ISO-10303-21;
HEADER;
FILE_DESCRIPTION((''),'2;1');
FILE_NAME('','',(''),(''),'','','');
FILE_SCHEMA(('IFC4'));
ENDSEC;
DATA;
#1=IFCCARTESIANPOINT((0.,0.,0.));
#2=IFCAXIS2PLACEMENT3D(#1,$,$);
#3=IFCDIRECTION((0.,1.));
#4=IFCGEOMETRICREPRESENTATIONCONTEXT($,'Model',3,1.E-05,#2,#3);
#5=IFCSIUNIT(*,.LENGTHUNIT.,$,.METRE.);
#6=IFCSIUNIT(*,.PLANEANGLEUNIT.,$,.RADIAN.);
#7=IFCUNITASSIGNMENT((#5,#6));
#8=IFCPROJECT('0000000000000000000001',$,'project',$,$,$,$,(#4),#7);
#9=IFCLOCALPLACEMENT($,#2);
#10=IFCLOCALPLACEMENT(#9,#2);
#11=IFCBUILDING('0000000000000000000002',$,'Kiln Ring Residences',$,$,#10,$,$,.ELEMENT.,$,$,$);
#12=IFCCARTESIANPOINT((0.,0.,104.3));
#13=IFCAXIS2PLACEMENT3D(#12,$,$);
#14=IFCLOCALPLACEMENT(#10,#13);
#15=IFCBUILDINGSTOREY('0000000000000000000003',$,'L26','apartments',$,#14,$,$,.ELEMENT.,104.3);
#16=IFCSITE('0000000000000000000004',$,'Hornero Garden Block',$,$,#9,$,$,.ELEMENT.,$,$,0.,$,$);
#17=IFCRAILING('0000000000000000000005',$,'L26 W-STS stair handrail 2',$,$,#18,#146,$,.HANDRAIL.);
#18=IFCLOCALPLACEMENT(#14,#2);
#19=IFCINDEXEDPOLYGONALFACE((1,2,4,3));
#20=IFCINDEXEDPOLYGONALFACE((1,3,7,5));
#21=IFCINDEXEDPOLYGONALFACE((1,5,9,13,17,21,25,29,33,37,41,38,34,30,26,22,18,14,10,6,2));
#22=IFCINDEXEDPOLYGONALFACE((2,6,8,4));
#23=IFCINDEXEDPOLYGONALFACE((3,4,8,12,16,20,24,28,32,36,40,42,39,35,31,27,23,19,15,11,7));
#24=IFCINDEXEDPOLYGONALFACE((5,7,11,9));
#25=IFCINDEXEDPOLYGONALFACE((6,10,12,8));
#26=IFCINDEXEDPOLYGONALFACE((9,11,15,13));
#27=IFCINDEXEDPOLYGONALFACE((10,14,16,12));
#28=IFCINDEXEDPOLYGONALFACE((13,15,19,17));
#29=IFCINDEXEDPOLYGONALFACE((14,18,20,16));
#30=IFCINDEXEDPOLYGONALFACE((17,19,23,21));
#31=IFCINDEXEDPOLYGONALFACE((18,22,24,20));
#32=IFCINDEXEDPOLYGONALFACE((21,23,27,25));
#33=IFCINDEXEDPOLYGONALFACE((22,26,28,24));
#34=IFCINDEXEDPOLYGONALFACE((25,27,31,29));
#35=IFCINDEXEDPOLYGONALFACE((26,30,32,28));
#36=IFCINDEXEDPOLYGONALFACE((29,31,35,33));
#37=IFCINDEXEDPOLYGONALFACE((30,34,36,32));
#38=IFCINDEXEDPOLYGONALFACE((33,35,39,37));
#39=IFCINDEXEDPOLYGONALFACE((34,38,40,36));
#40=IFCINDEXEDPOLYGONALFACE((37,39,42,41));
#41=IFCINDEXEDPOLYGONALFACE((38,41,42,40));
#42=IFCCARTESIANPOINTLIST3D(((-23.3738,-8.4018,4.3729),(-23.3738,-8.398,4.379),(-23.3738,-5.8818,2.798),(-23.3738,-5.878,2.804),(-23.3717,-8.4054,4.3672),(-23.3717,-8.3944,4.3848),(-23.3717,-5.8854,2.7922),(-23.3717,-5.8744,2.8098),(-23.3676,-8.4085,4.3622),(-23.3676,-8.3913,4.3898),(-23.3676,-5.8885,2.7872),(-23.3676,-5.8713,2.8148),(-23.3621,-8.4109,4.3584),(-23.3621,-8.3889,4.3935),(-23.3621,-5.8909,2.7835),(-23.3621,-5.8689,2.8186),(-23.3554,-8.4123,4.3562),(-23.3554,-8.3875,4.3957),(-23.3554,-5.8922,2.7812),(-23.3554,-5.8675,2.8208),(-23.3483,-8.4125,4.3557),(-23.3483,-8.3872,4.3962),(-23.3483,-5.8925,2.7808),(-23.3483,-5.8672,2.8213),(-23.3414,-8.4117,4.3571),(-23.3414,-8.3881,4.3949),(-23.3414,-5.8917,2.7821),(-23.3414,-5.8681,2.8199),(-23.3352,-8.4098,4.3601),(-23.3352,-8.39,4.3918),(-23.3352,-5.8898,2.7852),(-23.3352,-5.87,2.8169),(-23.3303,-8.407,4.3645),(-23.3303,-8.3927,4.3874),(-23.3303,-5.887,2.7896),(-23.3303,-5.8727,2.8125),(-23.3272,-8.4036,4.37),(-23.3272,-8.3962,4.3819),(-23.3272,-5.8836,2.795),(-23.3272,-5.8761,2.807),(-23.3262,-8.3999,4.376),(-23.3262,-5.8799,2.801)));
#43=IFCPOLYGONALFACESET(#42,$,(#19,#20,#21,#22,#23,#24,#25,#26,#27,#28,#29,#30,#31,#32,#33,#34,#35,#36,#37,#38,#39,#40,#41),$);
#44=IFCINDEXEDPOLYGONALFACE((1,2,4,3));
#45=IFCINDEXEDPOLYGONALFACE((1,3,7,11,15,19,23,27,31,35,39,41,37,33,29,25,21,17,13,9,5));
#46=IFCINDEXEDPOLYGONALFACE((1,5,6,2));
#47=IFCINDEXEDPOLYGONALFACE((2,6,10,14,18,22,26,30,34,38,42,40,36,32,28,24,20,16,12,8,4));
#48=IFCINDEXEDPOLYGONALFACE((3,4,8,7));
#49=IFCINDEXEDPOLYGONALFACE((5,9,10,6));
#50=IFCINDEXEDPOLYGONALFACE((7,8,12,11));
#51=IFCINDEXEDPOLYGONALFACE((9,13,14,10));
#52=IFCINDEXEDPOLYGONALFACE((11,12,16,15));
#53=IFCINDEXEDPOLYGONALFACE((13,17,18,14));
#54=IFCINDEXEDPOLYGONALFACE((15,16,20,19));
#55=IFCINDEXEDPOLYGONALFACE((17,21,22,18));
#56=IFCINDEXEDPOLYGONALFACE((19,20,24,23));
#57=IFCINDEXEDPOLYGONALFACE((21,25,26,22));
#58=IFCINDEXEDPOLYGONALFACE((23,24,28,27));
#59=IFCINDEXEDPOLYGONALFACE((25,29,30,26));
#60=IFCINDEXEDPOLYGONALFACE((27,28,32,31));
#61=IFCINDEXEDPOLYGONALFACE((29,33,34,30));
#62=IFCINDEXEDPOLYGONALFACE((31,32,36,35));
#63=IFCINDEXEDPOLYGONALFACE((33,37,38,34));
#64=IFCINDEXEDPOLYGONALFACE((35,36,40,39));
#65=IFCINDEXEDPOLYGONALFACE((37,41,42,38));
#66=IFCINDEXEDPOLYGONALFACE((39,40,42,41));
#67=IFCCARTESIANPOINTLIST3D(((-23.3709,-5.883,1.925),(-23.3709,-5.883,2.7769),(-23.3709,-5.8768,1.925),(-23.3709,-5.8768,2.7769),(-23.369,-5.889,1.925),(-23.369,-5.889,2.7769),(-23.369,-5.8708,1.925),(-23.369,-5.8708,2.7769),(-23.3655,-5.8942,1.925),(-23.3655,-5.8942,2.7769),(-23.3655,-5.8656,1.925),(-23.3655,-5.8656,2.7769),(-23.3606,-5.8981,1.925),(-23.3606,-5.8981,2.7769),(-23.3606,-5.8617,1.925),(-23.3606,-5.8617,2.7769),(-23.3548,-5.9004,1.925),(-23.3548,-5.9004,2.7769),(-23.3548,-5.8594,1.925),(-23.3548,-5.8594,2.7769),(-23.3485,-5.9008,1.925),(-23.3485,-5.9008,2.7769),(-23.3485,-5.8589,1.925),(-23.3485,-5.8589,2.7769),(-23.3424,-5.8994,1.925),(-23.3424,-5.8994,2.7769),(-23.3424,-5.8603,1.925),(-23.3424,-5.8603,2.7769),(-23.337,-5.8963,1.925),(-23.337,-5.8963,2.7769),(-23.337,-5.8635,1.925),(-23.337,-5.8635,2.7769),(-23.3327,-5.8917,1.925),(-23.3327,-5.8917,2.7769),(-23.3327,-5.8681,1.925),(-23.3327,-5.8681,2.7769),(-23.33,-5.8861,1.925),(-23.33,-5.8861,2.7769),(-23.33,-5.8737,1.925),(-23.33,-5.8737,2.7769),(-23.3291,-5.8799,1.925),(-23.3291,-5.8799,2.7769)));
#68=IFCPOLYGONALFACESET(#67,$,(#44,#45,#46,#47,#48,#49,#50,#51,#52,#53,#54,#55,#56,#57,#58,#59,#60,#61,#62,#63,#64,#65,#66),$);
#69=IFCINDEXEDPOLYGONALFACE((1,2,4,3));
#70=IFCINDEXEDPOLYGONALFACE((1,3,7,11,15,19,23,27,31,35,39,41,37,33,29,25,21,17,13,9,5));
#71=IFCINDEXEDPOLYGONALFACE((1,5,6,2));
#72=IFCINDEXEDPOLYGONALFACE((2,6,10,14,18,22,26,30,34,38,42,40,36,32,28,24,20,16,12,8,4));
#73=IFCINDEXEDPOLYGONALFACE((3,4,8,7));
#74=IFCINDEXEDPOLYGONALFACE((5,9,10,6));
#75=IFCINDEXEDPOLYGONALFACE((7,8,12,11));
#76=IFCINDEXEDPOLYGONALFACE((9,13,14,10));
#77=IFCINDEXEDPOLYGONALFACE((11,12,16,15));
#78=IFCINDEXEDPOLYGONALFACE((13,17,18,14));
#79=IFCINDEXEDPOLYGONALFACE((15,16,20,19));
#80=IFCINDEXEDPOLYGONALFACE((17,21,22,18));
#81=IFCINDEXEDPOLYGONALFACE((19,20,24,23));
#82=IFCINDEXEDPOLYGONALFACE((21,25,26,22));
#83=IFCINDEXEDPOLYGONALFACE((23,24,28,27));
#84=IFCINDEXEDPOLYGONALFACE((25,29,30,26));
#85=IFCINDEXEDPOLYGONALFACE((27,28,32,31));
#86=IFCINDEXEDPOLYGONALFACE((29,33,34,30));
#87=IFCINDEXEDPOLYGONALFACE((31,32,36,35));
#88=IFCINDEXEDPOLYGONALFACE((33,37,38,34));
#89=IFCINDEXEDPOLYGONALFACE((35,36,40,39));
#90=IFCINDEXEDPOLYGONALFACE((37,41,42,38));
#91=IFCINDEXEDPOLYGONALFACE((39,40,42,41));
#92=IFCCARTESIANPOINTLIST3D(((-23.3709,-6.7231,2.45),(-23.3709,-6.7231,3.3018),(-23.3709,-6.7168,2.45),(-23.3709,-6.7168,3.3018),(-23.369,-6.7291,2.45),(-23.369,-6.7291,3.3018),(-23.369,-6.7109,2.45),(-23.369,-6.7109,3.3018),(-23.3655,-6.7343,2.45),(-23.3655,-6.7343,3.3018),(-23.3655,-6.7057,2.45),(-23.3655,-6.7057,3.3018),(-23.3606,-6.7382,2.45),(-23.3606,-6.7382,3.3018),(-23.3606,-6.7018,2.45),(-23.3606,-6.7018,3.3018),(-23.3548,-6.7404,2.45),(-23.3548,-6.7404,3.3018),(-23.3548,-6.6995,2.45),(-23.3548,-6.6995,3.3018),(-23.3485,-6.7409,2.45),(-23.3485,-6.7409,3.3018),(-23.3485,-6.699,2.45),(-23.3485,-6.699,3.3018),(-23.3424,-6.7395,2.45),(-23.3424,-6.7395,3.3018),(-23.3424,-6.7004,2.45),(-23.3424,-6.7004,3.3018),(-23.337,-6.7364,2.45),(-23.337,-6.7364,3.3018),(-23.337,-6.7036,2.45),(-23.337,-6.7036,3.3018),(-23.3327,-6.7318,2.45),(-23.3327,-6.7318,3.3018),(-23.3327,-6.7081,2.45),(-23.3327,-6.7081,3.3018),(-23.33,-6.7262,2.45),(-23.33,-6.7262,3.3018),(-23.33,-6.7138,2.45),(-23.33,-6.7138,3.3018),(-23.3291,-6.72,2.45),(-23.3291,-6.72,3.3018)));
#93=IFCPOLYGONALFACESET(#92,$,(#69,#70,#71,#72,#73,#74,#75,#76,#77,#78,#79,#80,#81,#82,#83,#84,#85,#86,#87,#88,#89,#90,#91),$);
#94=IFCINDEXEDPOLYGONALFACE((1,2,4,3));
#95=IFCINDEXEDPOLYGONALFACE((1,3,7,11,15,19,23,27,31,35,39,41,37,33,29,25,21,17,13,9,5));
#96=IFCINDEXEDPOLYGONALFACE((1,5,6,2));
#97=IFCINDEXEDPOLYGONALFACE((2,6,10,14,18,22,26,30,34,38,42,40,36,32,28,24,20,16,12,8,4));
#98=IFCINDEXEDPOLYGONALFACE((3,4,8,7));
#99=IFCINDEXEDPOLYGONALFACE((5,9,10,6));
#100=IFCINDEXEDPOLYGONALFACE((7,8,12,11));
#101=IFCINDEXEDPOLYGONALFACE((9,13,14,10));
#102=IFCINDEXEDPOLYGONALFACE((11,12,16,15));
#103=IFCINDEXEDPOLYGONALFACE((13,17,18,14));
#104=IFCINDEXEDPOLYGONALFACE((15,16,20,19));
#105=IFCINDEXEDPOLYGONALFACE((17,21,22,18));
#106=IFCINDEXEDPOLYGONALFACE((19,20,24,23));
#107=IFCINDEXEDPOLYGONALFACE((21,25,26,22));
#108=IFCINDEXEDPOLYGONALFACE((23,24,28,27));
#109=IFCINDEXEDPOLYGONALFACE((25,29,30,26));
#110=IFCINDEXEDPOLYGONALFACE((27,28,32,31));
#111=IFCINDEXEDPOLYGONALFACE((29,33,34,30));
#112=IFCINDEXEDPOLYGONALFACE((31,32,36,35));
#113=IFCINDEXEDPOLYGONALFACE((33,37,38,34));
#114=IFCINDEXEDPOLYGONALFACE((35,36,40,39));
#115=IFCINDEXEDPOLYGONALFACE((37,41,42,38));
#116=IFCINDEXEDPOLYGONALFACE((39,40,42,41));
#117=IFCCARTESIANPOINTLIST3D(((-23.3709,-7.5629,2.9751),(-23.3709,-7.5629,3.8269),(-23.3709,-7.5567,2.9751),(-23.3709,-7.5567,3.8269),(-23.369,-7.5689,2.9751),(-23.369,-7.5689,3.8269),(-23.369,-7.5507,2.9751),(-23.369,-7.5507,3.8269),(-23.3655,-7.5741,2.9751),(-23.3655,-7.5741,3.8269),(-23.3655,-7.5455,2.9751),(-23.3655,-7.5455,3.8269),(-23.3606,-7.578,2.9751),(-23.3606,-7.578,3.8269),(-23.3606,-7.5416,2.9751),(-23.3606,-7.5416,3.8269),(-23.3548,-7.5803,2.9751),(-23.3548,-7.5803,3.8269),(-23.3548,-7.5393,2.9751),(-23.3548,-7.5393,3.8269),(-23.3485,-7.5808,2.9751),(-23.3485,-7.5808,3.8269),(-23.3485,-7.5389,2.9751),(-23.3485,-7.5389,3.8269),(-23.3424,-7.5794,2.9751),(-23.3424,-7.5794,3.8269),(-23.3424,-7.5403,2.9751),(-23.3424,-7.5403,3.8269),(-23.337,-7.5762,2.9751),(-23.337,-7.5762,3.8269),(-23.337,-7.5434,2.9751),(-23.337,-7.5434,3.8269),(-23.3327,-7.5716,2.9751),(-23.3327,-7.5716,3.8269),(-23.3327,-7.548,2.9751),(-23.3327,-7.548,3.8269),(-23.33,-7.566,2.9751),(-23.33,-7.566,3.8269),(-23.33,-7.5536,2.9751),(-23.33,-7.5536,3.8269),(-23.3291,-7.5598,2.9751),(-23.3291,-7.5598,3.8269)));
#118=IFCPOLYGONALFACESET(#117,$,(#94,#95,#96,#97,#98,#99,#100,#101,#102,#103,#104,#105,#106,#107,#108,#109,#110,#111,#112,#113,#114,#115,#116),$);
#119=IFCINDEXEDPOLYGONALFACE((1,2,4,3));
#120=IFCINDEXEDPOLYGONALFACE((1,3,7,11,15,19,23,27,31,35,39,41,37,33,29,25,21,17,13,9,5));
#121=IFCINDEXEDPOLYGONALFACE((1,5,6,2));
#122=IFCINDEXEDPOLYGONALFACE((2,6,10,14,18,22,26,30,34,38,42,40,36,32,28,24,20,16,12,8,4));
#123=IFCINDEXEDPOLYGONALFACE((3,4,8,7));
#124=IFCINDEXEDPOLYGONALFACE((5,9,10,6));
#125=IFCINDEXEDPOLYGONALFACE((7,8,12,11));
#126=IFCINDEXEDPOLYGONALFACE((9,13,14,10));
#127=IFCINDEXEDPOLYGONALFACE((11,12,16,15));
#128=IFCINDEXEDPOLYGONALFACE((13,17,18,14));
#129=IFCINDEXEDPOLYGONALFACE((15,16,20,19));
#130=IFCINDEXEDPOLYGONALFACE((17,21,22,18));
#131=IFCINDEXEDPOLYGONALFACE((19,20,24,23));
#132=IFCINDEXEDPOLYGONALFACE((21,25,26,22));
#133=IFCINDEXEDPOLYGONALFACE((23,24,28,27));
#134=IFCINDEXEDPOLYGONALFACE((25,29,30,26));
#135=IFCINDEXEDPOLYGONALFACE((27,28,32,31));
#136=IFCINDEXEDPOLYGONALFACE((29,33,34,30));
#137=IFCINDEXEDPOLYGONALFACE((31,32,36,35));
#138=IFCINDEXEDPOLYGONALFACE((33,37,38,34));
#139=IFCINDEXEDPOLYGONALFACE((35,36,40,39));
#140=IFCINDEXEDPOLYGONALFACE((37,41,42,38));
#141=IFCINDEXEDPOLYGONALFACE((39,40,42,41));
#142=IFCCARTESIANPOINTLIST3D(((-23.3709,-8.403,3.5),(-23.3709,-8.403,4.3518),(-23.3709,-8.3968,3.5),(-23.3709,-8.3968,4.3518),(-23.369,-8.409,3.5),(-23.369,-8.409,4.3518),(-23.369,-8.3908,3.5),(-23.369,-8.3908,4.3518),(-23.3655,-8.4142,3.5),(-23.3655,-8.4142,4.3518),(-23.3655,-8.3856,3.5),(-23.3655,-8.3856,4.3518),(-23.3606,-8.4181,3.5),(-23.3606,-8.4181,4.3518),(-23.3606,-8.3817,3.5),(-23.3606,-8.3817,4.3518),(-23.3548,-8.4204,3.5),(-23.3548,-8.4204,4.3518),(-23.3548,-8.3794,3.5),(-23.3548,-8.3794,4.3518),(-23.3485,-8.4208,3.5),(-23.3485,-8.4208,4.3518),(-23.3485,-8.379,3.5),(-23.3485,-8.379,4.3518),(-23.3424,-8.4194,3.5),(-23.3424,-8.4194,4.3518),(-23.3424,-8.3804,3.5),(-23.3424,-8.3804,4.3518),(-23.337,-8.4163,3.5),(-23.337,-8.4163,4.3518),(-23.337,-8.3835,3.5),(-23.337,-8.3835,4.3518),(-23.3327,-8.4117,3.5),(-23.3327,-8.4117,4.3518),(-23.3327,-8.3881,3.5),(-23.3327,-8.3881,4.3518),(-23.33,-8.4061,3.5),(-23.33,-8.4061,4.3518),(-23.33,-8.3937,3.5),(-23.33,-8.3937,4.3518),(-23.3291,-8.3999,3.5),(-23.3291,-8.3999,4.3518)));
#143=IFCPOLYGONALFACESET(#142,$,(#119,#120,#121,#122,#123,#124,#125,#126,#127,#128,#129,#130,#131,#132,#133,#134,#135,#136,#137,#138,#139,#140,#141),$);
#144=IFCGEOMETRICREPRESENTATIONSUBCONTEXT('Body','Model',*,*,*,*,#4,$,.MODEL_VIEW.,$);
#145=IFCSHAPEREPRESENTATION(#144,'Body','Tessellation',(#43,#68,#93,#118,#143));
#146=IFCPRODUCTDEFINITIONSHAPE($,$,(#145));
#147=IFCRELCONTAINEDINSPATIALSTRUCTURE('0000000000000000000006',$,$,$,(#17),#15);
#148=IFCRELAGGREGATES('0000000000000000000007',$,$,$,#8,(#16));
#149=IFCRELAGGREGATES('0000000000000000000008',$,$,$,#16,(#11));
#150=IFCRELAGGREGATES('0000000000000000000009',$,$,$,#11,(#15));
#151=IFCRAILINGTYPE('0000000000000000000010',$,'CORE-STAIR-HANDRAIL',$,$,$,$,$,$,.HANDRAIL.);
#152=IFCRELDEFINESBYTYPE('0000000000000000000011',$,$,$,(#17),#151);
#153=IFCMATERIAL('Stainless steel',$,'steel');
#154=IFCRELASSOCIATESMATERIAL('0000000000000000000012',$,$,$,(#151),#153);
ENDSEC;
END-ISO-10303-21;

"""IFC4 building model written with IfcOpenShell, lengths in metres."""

from ifc_helpers import new_model, si_unit, direction, frame, origin, origin_2d, place, context, subcontext, project, spatial, circle, extrude, material, type_object, element, save


model = new_model("IFC4")

# Units and contexts
model_context = context("Model", 3, precision=1e-05, world=origin(), true_north=direction((0.0, 1.0)))
body_context = subcontext(model_context, "Body", "Model", "MODEL_VIEW")
ifc_project = project(units=[si_unit("LENGTHUNIT", "METRE"), si_unit("PLANEANGLEUNIT", "RADIAN")], contexts=[model_context])

# Site, building, storey
site_placement = place(None, origin())
site = spatial("IfcSite", under=ifc_project, at=site_placement, Name="Hornero Garden Block", CompositionType="ELEMENT", RefElevation=0.0)
building_placement = place(site_placement, origin())
building = spatial("IfcBuilding", under=site, at=building_placement, Name="Kiln Ring Residences", CompositionType="ELEMENT")
storey_placement = place(building_placement, frame((0.0, 0.0, 104.3)))
storey = spatial("IfcBuildingStorey", under=building, at=storey_placement, Name="L26", Description="apartments", CompositionType="ELEMENT", Elevation=104.3)

# Railing
ifc_material_1 = material(Name="Stainless steel", Category="steel")
railing_type_1 = type_object("IfcRailingType", Name="CORE-STAIR-HANDRAIL", PredefinedType="HANDRAIL", material=ifc_material_1)
railing_1_placement = place(storey_placement, frame((-23.3501, -5.8799, 1.925)))
element("IfcRailing", 1, at=railing_1_placement, inside=storey, type_object=railing_type_1, Name="L26 W-STS stair handrail 2", PredefinedType="HANDRAIL", context=body_context, shape_type="SweptSolid", body=[
    extrude(circle(Radius=0.0239, at=origin_2d()), frame((0.0, 0.0, 0.876), z_axis=(0.0, -0.848008, 0.529984), x_axis=(1.0, 0.0, 0.0)), (0.0, 0.0, 1.0), 2.9717),
    extrude(circle(Radius=0.021, at=origin_2d()), origin(), (0.0, 0.0, 1.0), 0.8518),
    extrude(circle(Radius=0.021, at=origin_2d()), frame((0.0, -0.8401, 0.5249)), (0.0, 0.0, 1.0), 0.8518),
    extrude(circle(Radius=0.021, at=origin_2d()), frame((0.0, -1.6799, 1.05)), (0.0, 0.0, 1.0), 0.8518),
    extrude(circle(Radius=0.021, at=origin_2d()), frame((0.0, -2.52, 1.575)), (0.0, 0.0, 1.0), 0.8518),
])

save(model, "model.ifc")
